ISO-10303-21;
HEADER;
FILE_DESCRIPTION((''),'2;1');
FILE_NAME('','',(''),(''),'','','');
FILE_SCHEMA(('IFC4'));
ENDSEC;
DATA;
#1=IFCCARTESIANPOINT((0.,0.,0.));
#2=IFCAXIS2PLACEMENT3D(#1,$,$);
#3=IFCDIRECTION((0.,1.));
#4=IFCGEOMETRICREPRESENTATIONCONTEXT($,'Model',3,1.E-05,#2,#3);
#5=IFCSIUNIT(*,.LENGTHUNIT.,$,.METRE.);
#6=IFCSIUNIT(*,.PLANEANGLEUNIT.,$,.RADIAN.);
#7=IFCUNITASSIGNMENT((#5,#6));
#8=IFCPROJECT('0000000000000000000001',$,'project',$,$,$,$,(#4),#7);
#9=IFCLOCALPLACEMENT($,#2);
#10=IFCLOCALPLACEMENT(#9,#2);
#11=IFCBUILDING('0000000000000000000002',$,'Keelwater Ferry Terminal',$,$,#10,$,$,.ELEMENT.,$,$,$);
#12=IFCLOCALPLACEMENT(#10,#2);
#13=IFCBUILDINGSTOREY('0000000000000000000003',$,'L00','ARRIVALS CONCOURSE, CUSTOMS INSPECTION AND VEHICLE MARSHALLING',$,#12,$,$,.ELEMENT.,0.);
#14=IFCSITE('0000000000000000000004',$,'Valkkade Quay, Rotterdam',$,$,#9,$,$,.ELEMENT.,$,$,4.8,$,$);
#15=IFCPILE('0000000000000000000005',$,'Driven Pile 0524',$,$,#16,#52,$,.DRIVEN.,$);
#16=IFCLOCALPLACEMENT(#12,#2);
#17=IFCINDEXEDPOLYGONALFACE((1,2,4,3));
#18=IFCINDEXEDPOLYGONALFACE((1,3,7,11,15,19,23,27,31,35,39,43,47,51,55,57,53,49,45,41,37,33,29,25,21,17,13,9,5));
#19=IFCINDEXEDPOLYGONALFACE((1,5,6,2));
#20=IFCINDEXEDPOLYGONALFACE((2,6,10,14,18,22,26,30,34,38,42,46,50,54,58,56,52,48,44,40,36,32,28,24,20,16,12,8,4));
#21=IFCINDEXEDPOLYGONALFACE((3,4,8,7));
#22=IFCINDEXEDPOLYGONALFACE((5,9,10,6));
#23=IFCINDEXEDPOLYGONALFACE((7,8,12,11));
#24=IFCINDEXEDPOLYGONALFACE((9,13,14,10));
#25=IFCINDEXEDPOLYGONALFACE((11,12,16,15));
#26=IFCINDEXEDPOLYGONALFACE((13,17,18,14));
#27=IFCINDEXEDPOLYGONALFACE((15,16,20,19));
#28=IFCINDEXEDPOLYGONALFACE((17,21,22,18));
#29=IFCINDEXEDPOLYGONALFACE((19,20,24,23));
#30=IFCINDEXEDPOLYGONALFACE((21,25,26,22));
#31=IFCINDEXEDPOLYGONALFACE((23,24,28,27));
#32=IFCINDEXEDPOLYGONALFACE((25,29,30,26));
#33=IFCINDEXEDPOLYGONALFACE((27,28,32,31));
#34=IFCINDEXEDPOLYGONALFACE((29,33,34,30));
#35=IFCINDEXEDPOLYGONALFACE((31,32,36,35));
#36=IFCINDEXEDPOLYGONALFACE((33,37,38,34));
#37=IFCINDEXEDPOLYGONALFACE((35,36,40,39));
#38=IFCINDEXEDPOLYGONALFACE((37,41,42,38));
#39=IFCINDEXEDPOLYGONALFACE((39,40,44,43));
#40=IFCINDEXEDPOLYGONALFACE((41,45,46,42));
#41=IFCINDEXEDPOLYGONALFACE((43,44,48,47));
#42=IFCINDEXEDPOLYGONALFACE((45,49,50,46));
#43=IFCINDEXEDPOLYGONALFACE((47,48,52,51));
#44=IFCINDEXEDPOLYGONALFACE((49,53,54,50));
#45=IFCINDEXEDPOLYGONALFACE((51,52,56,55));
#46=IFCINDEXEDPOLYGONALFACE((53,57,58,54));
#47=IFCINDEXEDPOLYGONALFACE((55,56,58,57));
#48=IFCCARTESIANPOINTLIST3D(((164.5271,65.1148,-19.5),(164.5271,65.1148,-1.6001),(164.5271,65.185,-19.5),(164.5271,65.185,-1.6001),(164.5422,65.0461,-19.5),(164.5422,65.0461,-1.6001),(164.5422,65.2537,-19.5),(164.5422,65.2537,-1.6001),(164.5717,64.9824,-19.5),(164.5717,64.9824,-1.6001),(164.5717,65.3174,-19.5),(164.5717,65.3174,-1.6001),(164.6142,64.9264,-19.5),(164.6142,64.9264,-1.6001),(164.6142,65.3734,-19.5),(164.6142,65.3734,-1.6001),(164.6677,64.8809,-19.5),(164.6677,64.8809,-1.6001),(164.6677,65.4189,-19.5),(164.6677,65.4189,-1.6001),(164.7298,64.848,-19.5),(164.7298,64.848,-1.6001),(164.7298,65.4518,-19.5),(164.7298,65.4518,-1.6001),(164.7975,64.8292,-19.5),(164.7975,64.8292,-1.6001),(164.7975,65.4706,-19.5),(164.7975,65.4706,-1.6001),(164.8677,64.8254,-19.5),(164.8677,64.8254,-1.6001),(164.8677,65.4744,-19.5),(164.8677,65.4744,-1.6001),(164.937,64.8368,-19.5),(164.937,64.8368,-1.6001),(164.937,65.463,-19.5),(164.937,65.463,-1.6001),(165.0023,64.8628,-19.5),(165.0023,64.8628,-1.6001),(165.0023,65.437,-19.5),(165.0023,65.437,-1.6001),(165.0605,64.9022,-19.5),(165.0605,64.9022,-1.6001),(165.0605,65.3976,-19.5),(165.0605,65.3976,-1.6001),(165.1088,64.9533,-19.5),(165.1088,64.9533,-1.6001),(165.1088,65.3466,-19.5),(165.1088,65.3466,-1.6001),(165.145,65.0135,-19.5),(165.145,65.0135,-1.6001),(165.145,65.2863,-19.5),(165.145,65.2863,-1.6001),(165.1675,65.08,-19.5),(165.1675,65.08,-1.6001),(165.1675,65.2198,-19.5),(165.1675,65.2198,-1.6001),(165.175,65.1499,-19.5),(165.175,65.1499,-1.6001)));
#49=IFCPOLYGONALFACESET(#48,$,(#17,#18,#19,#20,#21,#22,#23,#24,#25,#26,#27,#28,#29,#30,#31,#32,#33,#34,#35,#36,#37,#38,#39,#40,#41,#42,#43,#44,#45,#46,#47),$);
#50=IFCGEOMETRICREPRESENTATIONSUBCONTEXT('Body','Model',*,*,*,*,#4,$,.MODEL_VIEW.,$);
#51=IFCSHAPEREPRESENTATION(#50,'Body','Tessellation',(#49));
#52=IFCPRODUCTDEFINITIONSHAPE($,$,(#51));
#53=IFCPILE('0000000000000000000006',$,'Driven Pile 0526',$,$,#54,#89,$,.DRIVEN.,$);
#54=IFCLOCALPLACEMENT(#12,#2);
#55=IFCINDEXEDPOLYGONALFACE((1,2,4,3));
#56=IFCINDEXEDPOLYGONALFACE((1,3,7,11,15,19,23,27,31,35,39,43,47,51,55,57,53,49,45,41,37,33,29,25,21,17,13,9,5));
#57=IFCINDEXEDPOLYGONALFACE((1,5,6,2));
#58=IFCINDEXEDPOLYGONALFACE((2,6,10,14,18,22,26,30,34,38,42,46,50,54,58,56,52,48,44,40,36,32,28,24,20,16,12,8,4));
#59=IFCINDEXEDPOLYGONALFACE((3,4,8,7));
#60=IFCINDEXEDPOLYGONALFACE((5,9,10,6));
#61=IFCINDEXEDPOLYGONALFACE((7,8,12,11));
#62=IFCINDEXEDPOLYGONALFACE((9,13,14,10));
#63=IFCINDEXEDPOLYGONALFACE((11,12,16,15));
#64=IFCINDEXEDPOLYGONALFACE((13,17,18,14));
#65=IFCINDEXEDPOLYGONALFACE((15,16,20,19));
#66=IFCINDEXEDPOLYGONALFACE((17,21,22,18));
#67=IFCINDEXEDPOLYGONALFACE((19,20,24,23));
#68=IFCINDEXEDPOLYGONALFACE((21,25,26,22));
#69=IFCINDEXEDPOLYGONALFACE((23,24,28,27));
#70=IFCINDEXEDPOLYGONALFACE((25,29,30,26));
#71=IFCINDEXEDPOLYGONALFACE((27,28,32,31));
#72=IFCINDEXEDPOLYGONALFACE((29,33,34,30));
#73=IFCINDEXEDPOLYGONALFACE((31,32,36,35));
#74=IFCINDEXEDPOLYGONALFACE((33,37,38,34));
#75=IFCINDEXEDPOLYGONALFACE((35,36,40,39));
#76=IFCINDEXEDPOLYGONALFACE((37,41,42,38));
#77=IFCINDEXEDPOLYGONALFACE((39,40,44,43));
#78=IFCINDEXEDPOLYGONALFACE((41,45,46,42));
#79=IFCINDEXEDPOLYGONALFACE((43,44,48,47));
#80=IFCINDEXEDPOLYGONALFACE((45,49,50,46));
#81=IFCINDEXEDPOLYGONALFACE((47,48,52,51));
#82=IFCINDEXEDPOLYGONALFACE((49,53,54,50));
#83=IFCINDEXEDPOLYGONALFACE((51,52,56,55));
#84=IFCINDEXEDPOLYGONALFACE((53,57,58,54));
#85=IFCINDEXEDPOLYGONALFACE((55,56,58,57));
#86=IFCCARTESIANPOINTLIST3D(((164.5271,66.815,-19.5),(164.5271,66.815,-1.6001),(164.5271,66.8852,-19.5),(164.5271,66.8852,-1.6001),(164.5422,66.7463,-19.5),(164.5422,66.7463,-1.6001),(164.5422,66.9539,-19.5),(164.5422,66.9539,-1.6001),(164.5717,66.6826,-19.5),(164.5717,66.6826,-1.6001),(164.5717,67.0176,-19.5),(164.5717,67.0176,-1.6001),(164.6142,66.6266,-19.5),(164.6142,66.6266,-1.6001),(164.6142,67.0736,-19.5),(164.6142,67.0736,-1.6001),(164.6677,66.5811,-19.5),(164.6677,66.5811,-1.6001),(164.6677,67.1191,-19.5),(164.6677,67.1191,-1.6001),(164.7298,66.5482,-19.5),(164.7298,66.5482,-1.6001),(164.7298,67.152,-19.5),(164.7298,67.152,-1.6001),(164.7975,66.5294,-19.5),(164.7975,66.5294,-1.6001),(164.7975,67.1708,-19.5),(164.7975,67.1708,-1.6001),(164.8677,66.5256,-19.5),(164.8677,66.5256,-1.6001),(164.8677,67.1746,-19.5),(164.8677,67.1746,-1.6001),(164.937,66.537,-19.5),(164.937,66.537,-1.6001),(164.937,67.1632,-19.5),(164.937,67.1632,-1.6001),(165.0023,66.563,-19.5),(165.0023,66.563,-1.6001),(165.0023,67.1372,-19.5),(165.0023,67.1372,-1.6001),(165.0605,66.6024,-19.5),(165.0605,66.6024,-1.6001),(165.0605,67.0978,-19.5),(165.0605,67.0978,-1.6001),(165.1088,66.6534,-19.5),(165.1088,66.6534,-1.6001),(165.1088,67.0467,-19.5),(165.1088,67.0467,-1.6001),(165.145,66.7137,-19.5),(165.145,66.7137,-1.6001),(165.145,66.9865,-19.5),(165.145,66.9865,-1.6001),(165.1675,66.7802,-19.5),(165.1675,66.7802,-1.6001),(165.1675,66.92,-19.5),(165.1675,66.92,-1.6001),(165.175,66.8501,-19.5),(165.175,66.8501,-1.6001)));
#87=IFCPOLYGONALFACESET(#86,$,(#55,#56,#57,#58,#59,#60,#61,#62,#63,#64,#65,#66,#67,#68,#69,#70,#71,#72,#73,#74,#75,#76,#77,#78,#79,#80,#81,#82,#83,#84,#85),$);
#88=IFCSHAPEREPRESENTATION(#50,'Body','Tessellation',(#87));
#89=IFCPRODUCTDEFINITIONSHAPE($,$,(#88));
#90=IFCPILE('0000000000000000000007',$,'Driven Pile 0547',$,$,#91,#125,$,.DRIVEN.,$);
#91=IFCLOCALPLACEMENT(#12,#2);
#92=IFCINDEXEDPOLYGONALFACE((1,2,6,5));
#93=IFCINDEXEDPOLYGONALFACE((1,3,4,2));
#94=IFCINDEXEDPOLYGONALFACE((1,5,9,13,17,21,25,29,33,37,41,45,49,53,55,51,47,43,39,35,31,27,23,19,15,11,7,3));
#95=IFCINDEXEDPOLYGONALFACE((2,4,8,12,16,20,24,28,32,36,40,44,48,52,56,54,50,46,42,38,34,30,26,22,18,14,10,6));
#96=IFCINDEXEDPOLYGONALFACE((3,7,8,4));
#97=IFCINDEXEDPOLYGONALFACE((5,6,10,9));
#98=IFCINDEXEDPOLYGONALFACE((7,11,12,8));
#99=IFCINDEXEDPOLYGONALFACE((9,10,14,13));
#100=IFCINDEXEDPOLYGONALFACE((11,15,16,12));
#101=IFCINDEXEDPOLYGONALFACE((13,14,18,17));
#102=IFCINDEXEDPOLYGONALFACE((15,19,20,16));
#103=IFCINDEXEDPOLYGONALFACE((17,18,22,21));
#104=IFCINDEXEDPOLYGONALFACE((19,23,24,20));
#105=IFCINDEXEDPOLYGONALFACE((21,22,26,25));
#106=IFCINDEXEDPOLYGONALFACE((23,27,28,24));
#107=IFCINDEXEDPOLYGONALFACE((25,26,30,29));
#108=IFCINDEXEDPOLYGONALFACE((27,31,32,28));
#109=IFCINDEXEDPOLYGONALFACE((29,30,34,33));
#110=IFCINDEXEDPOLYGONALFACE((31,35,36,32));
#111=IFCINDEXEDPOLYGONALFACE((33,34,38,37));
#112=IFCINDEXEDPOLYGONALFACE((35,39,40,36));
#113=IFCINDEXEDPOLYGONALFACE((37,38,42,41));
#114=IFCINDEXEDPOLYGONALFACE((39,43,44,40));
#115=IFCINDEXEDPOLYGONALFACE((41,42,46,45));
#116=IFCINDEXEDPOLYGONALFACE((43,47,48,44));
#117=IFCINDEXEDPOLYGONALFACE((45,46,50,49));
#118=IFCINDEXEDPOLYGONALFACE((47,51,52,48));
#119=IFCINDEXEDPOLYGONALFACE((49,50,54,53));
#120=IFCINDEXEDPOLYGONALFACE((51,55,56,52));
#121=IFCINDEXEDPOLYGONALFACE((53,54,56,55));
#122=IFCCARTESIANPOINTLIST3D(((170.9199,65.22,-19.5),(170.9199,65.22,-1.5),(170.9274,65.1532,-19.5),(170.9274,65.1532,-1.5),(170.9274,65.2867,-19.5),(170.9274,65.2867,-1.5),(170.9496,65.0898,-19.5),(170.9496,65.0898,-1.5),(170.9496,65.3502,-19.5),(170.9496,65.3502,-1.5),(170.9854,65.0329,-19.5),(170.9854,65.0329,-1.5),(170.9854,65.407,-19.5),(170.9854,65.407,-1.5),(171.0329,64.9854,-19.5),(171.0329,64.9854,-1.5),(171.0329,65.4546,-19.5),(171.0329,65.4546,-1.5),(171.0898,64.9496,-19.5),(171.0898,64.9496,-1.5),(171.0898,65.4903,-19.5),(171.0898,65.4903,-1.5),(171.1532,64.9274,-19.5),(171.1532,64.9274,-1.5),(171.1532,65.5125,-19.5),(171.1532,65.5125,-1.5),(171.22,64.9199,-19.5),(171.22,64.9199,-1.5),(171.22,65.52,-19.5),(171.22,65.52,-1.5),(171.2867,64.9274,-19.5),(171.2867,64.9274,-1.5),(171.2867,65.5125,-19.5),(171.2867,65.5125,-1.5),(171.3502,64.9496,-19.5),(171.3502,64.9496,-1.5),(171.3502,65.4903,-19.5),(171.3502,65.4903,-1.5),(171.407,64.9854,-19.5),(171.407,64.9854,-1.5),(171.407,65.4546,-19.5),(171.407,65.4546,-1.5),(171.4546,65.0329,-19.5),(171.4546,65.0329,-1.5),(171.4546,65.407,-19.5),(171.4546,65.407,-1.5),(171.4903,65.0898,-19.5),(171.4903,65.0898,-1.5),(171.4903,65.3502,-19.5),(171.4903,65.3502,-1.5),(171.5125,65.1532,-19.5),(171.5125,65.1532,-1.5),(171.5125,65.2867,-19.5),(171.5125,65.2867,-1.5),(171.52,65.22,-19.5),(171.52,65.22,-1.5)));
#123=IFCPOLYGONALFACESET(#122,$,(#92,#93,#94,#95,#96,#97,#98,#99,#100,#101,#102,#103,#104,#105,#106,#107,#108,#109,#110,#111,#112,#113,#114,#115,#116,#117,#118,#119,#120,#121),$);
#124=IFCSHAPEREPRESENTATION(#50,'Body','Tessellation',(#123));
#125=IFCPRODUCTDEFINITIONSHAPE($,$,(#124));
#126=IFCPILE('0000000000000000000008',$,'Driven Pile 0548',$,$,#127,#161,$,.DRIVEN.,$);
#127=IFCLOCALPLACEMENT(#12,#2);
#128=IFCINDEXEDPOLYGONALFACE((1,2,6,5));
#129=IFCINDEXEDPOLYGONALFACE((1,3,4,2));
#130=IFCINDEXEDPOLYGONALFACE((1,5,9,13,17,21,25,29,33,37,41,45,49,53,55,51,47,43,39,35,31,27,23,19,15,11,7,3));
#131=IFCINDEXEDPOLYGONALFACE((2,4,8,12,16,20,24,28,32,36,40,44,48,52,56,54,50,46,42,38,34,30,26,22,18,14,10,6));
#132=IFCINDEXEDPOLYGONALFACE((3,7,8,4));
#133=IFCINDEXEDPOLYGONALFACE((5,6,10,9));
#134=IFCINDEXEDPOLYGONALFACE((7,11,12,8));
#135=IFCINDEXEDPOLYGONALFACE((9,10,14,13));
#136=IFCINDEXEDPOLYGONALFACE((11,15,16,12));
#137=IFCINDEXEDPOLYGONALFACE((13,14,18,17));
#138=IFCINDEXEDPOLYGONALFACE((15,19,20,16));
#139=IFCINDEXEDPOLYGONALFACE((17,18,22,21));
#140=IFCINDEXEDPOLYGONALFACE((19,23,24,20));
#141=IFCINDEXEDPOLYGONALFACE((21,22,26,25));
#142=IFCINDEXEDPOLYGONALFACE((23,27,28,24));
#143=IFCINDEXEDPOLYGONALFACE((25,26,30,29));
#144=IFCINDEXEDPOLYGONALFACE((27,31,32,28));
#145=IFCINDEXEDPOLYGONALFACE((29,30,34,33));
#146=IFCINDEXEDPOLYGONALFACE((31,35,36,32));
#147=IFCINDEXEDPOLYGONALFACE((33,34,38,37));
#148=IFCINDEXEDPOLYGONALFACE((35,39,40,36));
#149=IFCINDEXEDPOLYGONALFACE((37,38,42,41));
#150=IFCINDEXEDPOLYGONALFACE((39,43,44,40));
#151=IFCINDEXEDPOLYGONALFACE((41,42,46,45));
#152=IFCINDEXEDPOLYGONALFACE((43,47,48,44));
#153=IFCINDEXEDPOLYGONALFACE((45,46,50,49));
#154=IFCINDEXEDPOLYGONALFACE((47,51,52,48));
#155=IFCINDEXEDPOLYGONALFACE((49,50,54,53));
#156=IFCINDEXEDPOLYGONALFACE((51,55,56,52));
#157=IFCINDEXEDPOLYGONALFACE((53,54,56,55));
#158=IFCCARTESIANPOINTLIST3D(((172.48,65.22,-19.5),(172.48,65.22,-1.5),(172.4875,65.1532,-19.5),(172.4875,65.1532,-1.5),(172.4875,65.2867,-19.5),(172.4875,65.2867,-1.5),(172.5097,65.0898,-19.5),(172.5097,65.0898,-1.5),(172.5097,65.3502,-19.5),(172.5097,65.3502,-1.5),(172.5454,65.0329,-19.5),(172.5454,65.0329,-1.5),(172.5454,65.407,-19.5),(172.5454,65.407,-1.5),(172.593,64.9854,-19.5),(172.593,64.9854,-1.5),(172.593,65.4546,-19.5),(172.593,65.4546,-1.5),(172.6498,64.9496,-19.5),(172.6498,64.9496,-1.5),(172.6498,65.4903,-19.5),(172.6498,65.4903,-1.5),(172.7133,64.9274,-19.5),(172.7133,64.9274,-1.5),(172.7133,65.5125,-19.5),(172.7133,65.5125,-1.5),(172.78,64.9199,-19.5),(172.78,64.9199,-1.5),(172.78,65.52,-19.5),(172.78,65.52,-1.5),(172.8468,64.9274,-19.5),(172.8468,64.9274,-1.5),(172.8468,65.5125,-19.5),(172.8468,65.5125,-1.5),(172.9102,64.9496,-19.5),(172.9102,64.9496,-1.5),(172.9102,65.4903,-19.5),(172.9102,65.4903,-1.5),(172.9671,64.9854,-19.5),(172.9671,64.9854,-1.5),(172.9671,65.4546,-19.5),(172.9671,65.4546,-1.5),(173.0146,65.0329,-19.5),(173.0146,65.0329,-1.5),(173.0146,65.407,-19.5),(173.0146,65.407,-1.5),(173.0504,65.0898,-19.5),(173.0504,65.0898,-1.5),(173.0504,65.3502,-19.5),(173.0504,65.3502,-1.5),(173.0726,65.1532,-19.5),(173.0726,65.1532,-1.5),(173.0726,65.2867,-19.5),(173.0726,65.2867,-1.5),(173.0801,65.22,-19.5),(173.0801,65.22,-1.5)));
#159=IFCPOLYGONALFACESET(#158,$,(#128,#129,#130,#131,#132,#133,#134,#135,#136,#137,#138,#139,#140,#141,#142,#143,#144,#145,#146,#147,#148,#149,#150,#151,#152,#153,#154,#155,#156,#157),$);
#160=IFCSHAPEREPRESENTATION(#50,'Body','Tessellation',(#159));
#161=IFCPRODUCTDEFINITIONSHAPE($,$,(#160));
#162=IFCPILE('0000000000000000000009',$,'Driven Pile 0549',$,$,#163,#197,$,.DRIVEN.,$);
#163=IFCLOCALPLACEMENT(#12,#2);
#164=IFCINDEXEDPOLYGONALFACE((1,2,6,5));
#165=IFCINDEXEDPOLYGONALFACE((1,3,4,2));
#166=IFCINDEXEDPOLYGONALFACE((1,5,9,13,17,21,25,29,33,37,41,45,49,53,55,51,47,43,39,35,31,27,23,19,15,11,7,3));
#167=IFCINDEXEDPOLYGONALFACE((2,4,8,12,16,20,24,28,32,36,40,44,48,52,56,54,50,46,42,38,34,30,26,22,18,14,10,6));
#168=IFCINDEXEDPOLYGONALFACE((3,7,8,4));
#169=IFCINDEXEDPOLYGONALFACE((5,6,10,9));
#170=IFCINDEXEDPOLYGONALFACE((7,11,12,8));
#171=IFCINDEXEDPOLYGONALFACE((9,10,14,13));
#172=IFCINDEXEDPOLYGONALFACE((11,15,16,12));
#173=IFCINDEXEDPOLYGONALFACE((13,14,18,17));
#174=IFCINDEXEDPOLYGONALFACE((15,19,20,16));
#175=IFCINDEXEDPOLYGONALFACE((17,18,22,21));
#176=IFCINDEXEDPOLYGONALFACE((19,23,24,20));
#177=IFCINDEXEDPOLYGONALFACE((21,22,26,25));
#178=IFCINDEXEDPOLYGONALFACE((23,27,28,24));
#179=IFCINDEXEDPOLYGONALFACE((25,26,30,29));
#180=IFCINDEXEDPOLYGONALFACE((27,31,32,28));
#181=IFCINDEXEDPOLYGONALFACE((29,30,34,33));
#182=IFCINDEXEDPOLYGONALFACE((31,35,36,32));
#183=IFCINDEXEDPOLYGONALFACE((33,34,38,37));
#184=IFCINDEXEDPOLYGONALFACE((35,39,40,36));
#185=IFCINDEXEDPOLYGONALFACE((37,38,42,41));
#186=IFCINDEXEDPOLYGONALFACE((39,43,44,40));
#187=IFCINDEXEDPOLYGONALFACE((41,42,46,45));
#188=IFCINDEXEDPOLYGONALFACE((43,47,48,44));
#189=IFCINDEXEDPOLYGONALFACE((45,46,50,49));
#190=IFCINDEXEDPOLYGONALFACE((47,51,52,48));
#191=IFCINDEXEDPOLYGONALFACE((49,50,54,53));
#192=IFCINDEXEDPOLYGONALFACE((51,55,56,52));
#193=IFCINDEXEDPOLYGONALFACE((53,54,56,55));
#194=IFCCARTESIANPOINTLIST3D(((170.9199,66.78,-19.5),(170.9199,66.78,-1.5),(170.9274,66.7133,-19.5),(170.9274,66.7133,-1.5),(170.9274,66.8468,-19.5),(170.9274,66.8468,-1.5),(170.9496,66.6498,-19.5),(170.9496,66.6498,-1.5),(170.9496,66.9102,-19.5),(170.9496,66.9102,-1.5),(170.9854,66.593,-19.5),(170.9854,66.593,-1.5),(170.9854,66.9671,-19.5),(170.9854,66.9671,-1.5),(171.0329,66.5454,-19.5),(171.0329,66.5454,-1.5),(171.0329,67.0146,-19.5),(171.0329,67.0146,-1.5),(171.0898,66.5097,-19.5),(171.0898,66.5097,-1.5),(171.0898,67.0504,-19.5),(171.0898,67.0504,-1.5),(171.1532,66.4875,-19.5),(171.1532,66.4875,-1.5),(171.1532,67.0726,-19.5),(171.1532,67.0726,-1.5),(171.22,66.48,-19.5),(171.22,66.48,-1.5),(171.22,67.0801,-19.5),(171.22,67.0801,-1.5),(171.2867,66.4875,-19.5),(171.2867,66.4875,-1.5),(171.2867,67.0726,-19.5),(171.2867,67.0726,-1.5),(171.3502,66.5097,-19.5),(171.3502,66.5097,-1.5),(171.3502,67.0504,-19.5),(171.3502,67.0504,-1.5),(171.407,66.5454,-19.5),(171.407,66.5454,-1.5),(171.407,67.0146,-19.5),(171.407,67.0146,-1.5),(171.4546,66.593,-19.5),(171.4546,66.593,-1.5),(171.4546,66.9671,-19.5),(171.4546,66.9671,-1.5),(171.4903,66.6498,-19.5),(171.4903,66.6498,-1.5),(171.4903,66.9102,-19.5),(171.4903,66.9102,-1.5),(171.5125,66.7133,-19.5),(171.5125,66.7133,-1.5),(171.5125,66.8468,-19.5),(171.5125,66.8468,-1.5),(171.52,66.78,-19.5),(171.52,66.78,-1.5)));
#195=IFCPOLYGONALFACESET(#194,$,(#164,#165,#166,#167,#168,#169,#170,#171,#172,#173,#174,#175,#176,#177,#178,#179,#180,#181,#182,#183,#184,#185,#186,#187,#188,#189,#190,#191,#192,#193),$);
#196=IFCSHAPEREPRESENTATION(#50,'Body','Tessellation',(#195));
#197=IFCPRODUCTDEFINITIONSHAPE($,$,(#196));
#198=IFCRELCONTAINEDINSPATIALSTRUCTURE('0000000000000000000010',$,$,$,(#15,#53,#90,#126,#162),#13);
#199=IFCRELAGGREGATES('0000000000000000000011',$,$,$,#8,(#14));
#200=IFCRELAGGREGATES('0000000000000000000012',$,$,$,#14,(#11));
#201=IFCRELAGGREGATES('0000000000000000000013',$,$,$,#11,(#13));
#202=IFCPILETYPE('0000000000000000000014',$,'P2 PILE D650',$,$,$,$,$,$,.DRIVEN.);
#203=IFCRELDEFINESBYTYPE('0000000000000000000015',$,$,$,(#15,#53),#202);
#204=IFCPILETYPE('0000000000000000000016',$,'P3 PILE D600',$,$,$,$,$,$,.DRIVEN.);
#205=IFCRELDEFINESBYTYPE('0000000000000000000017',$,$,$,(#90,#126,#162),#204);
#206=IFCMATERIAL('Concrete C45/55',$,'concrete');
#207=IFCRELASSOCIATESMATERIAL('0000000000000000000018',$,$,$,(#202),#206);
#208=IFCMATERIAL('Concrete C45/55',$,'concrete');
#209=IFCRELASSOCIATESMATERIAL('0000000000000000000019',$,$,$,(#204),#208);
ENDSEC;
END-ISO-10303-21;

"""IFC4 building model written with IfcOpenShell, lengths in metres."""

from ifc_helpers import new_model, si_unit, direction, frame, origin, origin_2d, place, context, subcontext, project, spatial, circle, extrude, material, material_profile, profile_set, type_object, element, save


model = new_model("IFC4")

# Units and contexts
model_context = context("Model", 3, precision=1e-05, world=origin(), true_north=direction((0.0, 1.0)))
body_context = subcontext(model_context, "Body", "Model", "MODEL_VIEW")
ifc_project = project(units=[si_unit("LENGTHUNIT", "METRE"), si_unit("PLANEANGLEUNIT", "RADIAN")], contexts=[model_context])

# Site, building, storey
site_placement = place(None, origin())
site = spatial("IfcSite", under=ifc_project, at=site_placement, Name="Valkkade Quay, Rotterdam", CompositionType="ELEMENT", RefElevation=4.8)
building_placement = place(site_placement, origin())
building = spatial("IfcBuilding", under=site, at=building_placement, Name="Keelwater Ferry Terminal", CompositionType="ELEMENT")
storey_placement = place(building_placement, origin())
storey = spatial("IfcBuildingStorey", under=building, at=storey_placement, Name="L00", Description="ARRIVALS CONCOURSE, CUSTOMS INSPECTION AND VEHICLE MARSHALLING", CompositionType="ELEMENT", Elevation=0.0)

# Piles
ifc_material_1 = material(Name="Concrete C45/55", Category="concrete")
ifc_material_profile_1 = material_profile(ifc_material_1, circle(Radius=0.325, at=origin_2d()), Name="PILE D650")
ifc_profile_set_1 = profile_set([ifc_material_profile_1], Name="Concrete C45/55")
pile_type_1 = type_object("IfcPileType", Name="P2 PILE D650", PredefinedType="DRIVEN", material=ifc_profile_set_1)
for number, where, z_axis, x_axis, name in (
    (1, (164.8501, 65.1499, -1.6001), (0.0, 0.0, -1.0), (1.0, 0.0, 0.0), "Driven Pile 0524"),
    (2, (164.8501, 66.8501, -1.6001), (0.0, 0.0, -1.0), (1.0, 0.0, 0.0), "Driven Pile 0526"),
):
    element("IfcPile", number, at=place(storey_placement, frame(where, z_axis=z_axis, x_axis=x_axis)), inside=storey, type_object=pile_type_1, Name=name, PredefinedType="DRIVEN", context=body_context, shape_type="SweptSolid", body=[
        extrude(circle(Radius=0.325, at=origin_2d()), origin(), (0.0, 0.0, 1.0), 17.8999),
    ])
ifc_material_2 = material(Name="Concrete C45/55", Category="concrete")
ifc_material_profile_2 = material_profile(ifc_material_2, circle(Radius=0.3, at=origin_2d()), Name="PILE D600")
ifc_profile_set_2 = profile_set([ifc_material_profile_2], Name="Concrete C45/55")
pile_type_2 = type_object("IfcPileType", Name="P3 PILE D600", PredefinedType="DRIVEN", material=ifc_profile_set_2)
for number, where, z_axis, x_axis, name in (
    (3, (171.22, 65.22, -1.5), (0.0, 0.0, -1.0), (1.0, 0.0, 0.0), "Driven Pile 0547"),
    (4, (172.78, 65.22, -1.5), (0.0, 0.0, -1.0), (1.0, 0.0, 0.0), "Driven Pile 0548"),
    (5, (171.22, 66.78, -1.5), (0.0, 0.0, -1.0), (1.0, 0.0, 0.0), "Driven Pile 0549"),
):
    element("IfcPile", number, at=place(storey_placement, frame(where, z_axis=z_axis, x_axis=x_axis)), inside=storey, type_object=pile_type_2, Name=name, PredefinedType="DRIVEN", context=body_context, shape_type="SweptSolid", body=[
        extrude(circle(Radius=0.3, at=origin_2d()), origin(), (0.0, 0.0, 1.0), 18.0),
    ])

save(model, "model.ifc")
